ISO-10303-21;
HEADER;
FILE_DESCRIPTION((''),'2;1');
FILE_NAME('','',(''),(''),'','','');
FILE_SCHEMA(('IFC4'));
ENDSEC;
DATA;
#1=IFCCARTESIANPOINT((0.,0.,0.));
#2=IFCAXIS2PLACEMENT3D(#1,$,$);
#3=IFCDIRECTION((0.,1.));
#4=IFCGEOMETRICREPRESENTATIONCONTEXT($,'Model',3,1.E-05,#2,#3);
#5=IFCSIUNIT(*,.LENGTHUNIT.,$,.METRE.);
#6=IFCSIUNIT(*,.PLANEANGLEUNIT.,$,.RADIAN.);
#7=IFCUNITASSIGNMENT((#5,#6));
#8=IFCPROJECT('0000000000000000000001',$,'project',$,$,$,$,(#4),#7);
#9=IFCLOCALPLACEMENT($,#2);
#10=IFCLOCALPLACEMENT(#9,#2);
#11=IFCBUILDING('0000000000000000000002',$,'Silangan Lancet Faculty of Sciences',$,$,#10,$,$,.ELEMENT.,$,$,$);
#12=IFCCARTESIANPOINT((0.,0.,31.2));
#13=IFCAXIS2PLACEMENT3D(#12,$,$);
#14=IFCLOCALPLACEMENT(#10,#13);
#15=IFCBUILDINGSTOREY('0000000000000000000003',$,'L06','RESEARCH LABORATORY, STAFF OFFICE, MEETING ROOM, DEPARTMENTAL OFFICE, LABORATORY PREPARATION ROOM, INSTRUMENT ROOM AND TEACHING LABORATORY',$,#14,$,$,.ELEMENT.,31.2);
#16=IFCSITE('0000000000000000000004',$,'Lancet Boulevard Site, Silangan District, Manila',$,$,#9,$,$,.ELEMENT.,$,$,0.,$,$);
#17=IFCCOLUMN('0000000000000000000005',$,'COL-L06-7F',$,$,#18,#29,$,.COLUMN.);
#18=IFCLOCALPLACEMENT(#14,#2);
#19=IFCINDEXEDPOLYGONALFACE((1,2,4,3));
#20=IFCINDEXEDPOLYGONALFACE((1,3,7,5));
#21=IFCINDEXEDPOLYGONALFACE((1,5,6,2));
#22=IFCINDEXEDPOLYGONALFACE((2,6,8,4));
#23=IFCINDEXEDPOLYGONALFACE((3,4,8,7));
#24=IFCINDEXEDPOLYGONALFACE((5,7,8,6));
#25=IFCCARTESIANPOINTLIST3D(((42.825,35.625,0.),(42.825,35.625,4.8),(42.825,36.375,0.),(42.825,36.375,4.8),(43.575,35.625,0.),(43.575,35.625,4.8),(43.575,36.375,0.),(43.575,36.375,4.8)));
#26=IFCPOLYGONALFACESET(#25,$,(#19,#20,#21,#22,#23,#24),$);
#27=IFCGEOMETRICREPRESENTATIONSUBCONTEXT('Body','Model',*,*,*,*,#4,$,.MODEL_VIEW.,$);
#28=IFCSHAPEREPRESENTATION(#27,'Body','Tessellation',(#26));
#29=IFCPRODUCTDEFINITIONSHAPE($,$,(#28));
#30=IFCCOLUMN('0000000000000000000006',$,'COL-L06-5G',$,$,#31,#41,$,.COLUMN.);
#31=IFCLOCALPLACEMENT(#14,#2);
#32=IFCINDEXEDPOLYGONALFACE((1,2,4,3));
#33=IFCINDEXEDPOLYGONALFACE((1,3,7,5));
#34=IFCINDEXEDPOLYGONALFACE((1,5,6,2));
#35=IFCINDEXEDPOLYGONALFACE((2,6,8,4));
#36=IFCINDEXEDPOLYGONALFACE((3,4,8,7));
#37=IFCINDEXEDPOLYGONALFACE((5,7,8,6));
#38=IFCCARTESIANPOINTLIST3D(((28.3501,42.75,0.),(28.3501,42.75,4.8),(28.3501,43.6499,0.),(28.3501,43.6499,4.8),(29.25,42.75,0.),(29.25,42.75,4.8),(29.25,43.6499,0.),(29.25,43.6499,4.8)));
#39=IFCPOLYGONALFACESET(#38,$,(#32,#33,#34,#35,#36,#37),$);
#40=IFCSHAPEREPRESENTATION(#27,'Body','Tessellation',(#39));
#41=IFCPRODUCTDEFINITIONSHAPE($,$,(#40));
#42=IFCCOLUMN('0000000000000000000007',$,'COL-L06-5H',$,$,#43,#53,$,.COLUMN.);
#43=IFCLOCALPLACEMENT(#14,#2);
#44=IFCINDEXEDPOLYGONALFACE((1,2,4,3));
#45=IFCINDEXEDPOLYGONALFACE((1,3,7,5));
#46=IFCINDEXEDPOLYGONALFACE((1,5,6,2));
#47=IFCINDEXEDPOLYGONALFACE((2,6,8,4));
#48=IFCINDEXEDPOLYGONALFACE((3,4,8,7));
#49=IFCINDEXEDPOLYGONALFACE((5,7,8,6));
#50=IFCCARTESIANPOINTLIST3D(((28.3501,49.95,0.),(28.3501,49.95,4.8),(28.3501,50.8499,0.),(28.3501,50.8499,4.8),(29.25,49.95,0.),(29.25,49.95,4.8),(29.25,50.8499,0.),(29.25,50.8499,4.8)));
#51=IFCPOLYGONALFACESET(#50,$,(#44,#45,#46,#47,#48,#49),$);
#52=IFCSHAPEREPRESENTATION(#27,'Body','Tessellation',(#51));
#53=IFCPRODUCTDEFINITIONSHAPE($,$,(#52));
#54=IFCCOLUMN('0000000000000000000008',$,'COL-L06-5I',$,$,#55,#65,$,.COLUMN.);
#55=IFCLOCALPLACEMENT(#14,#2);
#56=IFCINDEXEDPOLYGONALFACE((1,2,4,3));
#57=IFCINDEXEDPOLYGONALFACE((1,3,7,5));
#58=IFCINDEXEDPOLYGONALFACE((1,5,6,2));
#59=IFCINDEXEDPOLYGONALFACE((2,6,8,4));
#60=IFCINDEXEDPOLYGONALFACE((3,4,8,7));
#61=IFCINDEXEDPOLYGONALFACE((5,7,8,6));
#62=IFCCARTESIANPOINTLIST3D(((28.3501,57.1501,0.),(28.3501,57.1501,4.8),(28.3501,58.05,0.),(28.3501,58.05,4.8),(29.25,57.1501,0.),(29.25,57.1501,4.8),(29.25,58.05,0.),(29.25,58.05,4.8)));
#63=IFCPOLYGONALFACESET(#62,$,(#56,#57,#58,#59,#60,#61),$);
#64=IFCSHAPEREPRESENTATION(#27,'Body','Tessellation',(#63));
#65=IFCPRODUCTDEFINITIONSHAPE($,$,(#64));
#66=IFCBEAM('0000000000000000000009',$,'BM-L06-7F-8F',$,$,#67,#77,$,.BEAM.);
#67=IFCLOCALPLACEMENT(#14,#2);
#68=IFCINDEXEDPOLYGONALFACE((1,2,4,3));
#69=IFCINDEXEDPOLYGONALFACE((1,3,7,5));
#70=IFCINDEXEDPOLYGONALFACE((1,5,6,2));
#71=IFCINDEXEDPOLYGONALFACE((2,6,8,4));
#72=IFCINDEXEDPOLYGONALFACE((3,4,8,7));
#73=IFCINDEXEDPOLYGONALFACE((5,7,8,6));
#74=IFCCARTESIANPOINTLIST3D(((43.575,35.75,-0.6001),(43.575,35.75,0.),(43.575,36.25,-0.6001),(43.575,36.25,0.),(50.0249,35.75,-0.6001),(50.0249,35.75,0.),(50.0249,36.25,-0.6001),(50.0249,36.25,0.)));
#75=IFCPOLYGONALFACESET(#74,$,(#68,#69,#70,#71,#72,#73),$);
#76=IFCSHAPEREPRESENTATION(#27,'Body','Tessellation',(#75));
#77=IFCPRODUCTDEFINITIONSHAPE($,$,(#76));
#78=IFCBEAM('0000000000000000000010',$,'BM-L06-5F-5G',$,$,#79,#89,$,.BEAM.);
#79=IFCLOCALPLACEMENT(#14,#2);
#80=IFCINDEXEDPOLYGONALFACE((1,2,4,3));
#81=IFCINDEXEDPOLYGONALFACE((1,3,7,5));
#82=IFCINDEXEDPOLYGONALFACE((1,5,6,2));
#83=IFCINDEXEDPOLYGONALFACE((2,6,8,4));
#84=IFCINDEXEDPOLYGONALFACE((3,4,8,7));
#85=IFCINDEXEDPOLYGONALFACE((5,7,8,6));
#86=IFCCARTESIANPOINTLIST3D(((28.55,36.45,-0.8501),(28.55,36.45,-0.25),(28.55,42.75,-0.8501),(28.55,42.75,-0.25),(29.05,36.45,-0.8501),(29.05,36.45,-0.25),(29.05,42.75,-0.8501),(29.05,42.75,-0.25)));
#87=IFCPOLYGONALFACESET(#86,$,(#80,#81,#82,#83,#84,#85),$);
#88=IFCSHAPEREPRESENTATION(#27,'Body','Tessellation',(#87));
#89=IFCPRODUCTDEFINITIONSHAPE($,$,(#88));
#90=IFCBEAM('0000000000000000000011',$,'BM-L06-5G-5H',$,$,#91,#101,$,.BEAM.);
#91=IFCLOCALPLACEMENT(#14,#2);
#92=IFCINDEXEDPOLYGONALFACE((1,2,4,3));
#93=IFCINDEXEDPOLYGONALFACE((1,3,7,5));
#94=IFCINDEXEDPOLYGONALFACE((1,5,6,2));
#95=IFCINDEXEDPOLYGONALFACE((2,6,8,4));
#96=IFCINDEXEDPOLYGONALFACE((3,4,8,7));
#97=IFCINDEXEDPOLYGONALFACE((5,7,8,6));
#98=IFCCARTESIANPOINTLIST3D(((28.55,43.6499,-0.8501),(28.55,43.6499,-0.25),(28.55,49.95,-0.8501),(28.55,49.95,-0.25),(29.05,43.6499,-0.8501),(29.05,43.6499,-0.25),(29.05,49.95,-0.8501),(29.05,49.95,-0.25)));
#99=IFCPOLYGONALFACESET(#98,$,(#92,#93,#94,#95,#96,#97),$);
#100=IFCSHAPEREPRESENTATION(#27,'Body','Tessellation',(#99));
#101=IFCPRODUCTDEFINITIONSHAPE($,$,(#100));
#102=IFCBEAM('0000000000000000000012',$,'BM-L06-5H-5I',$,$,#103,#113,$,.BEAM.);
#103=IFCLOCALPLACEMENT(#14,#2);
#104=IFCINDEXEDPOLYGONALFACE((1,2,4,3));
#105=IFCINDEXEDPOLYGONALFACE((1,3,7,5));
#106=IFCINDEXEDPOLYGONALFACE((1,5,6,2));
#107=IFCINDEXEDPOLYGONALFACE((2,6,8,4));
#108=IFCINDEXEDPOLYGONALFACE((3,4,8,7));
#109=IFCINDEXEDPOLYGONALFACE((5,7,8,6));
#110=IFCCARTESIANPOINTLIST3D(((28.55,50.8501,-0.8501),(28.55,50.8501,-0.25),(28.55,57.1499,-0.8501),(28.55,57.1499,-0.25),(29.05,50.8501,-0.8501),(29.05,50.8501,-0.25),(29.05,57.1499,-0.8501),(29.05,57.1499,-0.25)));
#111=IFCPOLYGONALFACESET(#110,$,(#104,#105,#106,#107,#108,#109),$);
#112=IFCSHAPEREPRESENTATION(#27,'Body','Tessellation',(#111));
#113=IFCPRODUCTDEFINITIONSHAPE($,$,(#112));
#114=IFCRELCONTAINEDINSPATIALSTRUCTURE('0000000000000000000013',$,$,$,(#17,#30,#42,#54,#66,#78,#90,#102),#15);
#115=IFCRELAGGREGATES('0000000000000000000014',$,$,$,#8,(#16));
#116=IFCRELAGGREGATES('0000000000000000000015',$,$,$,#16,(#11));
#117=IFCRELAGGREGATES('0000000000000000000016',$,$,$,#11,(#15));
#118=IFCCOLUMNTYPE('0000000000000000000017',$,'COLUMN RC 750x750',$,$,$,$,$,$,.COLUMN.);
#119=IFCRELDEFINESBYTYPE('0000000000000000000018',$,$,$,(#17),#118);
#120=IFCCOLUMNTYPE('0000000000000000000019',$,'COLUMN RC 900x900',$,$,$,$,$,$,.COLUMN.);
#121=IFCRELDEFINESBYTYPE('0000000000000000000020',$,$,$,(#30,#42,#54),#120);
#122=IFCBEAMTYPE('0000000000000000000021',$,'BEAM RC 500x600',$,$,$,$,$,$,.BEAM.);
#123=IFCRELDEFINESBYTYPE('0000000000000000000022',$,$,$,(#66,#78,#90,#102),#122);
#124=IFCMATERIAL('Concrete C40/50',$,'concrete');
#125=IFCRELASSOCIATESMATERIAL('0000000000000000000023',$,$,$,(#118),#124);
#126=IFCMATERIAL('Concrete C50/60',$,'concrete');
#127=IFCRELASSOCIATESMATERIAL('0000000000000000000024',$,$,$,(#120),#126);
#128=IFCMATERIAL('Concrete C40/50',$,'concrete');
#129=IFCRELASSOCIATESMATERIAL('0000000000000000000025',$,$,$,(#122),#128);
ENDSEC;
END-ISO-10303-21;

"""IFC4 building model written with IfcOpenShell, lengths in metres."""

from ifc_helpers import new_model, si_unit, direction, frame, origin, origin_2d, place, context, subcontext, project, spatial, rectangle, extrude, material, material_profile, profile_set, type_object, element, save


model = new_model("IFC4")

# Units and contexts
model_context = context("Model", 3, precision=1e-05, world=origin(), true_north=direction((0.0, 1.0)))
body_context = subcontext(model_context, "Body", "Model", "MODEL_VIEW")
ifc_project = project(units=[si_unit("LENGTHUNIT", "METRE"), si_unit("PLANEANGLEUNIT", "RADIAN")], contexts=[model_context])

# Site, building, storey
site_placement = place(None, origin())
site = spatial("IfcSite", under=ifc_project, at=site_placement, Name="Lancet Boulevard Site, Silangan District, Manila", CompositionType="ELEMENT", RefElevation=0.0)
building_placement = place(site_placement, origin())
building = spatial("IfcBuilding", under=site, at=building_placement, Name="Silangan Lancet Faculty of Sciences", CompositionType="ELEMENT")
storey_placement = place(building_placement, frame((0.0, 0.0, 31.2)))
storey = spatial("IfcBuildingStorey", under=building, at=storey_placement, Name="L06", Description="RESEARCH LABORATORY, STAFF OFFICE, MEETING ROOM, DEPARTMENTAL OFFICE, LABORATORY PREPARATION ROOM, INSTRUMENT ROOM AND TEACHING LABORATORY", CompositionType="ELEMENT", Elevation=31.2)

# Columns
ifc_material_1 = material(Name="Concrete C40/50", Category="concrete")
ifc_material_profile_1 = material_profile(ifc_material_1, rectangle(XDim=0.75, YDim=0.75, at=origin_2d()), Name="RC 750x750")
ifc_profile_set_1 = profile_set([ifc_material_profile_1], Name="Concrete C40/50")
column_type_1 = type_object("IfcColumnType", Name="COLUMN RC 750x750", PredefinedType="COLUMN", material=ifc_profile_set_1)
column_placement = place(storey_placement, frame((43.2, 36.0, 0.0), z_axis=(0.0, 0.0, 1.0), x_axis=(1.0, 0.0, 0.0)))
element("IfcColumn", 1, at=column_placement, inside=storey, type_object=column_type_1, Name="COL-L06-7F", PredefinedType="COLUMN", context=body_context, shape_type="SweptSolid", body=[
    extrude(rectangle(XDim=0.75, YDim=0.75, at=origin_2d()), origin(), (0.0, 0.0, 1.0), 4.8),
])
ifc_material_2 = material(Name="Concrete C50/60", Category="concrete")
ifc_material_profile_2 = material_profile(ifc_material_2, rectangle(XDim=0.8999, YDim=0.8999, at=origin_2d()), Name="RC 900x900")
ifc_profile_set_2 = profile_set([ifc_material_profile_2], Name="Concrete C50/60")
column_type_2 = type_object("IfcColumnType", Name="COLUMN RC 900x900", PredefinedType="COLUMN", material=ifc_profile_set_2)
for number, where, z_axis, x_axis, name in (
    (2, (28.8, 43.2, 0.0), (0.0, 0.0, 1.0), (1.0, 0.0, 0.0), "COL-L06-5G"),
    (3, (28.8, 50.3999, 0.0), (0.0, 0.0, 1.0), (1.0, 0.0, 0.0), "COL-L06-5H"),
    (4, (28.8, 57.6001, 0.0), (0.0, 0.0, 1.0), (1.0, 0.0, 0.0), "COL-L06-5I"),
):
    element("IfcColumn", number, at=place(storey_placement, frame(where, z_axis=z_axis, x_axis=x_axis)), inside=storey, type_object=column_type_2, Name=name, PredefinedType="COLUMN", context=body_context, shape_type="SweptSolid", body=[
        extrude(rectangle(XDim=0.8999, YDim=0.8999, at=origin_2d()), origin(), (0.0, 0.0, 1.0), 4.8),
    ])

# Beams
ifc_material_3 = material(Name="Concrete C40/50", Category="concrete")
ifc_material_profile_3 = material_profile(ifc_material_3, rectangle(XDim=0.5, YDim=0.6001, at=origin_2d()), Name="RC 500x600")
ifc_profile_set_3 = profile_set([ifc_material_profile_3], Name="Concrete C40/50")
beam_type = type_object("IfcBeamType", Name="BEAM RC 500x600", PredefinedType="BEAM", material=ifc_profile_set_3)
beam_1_placement = place(storey_placement, frame((43.575, 36.0, -0.3), z_axis=(1.0, 0.0, 0.0), x_axis=(0.0, 1.0, 0.0)))
element("IfcBeam", 5, at=beam_1_placement, inside=storey, type_object=beam_type, Name="BM-L06-7F-8F", PredefinedType="BEAM", context=body_context, shape_type="SweptSolid", body=[
    extrude(rectangle(XDim=0.5, YDim=0.6001, at=origin_2d()), origin(), (0.0, 0.0, 1.0), 6.45),
])
for number, where, z_axis, x_axis, name in (
    (6, (28.8, 36.45, -0.55), (0.0, 1.0, 0.0), (-1.0, 0.0, 0.0), "BM-L06-5F-5G"),
    (7, (28.8, 43.6499, -0.55), (0.0, 1.0, 0.0), (-1.0, 0.0, 0.0), "BM-L06-5G-5H"),
):
    element("IfcBeam", number, at=place(storey_placement, frame(where, z_axis=z_axis, x_axis=x_axis)), inside=storey, type_object=beam_type, Name=name, PredefinedType="BEAM", context=body_context, shape_type="SweptSolid", body=[
        extrude(rectangle(XDim=0.5, YDim=0.6001, at=origin_2d()), origin(), (0.0, 0.0, 1.0), 6.3),
    ])
beam_2_placement = place(storey_placement, frame((28.8, 50.8501, -0.55), z_axis=(0.0, 1.0, 0.0), x_axis=(-1.0, 0.0, 0.0)))
element("IfcBeam", 8, at=beam_2_placement, inside=storey, type_object=beam_type, Name="BM-L06-5H-5I", PredefinedType="BEAM", context=body_context, shape_type="SweptSolid", body=[
    extrude(rectangle(XDim=0.5, YDim=0.6001, at=origin_2d()), origin(), (0.0, 0.0, 1.0), 6.2998),
])

save(model, "model.ifc")
